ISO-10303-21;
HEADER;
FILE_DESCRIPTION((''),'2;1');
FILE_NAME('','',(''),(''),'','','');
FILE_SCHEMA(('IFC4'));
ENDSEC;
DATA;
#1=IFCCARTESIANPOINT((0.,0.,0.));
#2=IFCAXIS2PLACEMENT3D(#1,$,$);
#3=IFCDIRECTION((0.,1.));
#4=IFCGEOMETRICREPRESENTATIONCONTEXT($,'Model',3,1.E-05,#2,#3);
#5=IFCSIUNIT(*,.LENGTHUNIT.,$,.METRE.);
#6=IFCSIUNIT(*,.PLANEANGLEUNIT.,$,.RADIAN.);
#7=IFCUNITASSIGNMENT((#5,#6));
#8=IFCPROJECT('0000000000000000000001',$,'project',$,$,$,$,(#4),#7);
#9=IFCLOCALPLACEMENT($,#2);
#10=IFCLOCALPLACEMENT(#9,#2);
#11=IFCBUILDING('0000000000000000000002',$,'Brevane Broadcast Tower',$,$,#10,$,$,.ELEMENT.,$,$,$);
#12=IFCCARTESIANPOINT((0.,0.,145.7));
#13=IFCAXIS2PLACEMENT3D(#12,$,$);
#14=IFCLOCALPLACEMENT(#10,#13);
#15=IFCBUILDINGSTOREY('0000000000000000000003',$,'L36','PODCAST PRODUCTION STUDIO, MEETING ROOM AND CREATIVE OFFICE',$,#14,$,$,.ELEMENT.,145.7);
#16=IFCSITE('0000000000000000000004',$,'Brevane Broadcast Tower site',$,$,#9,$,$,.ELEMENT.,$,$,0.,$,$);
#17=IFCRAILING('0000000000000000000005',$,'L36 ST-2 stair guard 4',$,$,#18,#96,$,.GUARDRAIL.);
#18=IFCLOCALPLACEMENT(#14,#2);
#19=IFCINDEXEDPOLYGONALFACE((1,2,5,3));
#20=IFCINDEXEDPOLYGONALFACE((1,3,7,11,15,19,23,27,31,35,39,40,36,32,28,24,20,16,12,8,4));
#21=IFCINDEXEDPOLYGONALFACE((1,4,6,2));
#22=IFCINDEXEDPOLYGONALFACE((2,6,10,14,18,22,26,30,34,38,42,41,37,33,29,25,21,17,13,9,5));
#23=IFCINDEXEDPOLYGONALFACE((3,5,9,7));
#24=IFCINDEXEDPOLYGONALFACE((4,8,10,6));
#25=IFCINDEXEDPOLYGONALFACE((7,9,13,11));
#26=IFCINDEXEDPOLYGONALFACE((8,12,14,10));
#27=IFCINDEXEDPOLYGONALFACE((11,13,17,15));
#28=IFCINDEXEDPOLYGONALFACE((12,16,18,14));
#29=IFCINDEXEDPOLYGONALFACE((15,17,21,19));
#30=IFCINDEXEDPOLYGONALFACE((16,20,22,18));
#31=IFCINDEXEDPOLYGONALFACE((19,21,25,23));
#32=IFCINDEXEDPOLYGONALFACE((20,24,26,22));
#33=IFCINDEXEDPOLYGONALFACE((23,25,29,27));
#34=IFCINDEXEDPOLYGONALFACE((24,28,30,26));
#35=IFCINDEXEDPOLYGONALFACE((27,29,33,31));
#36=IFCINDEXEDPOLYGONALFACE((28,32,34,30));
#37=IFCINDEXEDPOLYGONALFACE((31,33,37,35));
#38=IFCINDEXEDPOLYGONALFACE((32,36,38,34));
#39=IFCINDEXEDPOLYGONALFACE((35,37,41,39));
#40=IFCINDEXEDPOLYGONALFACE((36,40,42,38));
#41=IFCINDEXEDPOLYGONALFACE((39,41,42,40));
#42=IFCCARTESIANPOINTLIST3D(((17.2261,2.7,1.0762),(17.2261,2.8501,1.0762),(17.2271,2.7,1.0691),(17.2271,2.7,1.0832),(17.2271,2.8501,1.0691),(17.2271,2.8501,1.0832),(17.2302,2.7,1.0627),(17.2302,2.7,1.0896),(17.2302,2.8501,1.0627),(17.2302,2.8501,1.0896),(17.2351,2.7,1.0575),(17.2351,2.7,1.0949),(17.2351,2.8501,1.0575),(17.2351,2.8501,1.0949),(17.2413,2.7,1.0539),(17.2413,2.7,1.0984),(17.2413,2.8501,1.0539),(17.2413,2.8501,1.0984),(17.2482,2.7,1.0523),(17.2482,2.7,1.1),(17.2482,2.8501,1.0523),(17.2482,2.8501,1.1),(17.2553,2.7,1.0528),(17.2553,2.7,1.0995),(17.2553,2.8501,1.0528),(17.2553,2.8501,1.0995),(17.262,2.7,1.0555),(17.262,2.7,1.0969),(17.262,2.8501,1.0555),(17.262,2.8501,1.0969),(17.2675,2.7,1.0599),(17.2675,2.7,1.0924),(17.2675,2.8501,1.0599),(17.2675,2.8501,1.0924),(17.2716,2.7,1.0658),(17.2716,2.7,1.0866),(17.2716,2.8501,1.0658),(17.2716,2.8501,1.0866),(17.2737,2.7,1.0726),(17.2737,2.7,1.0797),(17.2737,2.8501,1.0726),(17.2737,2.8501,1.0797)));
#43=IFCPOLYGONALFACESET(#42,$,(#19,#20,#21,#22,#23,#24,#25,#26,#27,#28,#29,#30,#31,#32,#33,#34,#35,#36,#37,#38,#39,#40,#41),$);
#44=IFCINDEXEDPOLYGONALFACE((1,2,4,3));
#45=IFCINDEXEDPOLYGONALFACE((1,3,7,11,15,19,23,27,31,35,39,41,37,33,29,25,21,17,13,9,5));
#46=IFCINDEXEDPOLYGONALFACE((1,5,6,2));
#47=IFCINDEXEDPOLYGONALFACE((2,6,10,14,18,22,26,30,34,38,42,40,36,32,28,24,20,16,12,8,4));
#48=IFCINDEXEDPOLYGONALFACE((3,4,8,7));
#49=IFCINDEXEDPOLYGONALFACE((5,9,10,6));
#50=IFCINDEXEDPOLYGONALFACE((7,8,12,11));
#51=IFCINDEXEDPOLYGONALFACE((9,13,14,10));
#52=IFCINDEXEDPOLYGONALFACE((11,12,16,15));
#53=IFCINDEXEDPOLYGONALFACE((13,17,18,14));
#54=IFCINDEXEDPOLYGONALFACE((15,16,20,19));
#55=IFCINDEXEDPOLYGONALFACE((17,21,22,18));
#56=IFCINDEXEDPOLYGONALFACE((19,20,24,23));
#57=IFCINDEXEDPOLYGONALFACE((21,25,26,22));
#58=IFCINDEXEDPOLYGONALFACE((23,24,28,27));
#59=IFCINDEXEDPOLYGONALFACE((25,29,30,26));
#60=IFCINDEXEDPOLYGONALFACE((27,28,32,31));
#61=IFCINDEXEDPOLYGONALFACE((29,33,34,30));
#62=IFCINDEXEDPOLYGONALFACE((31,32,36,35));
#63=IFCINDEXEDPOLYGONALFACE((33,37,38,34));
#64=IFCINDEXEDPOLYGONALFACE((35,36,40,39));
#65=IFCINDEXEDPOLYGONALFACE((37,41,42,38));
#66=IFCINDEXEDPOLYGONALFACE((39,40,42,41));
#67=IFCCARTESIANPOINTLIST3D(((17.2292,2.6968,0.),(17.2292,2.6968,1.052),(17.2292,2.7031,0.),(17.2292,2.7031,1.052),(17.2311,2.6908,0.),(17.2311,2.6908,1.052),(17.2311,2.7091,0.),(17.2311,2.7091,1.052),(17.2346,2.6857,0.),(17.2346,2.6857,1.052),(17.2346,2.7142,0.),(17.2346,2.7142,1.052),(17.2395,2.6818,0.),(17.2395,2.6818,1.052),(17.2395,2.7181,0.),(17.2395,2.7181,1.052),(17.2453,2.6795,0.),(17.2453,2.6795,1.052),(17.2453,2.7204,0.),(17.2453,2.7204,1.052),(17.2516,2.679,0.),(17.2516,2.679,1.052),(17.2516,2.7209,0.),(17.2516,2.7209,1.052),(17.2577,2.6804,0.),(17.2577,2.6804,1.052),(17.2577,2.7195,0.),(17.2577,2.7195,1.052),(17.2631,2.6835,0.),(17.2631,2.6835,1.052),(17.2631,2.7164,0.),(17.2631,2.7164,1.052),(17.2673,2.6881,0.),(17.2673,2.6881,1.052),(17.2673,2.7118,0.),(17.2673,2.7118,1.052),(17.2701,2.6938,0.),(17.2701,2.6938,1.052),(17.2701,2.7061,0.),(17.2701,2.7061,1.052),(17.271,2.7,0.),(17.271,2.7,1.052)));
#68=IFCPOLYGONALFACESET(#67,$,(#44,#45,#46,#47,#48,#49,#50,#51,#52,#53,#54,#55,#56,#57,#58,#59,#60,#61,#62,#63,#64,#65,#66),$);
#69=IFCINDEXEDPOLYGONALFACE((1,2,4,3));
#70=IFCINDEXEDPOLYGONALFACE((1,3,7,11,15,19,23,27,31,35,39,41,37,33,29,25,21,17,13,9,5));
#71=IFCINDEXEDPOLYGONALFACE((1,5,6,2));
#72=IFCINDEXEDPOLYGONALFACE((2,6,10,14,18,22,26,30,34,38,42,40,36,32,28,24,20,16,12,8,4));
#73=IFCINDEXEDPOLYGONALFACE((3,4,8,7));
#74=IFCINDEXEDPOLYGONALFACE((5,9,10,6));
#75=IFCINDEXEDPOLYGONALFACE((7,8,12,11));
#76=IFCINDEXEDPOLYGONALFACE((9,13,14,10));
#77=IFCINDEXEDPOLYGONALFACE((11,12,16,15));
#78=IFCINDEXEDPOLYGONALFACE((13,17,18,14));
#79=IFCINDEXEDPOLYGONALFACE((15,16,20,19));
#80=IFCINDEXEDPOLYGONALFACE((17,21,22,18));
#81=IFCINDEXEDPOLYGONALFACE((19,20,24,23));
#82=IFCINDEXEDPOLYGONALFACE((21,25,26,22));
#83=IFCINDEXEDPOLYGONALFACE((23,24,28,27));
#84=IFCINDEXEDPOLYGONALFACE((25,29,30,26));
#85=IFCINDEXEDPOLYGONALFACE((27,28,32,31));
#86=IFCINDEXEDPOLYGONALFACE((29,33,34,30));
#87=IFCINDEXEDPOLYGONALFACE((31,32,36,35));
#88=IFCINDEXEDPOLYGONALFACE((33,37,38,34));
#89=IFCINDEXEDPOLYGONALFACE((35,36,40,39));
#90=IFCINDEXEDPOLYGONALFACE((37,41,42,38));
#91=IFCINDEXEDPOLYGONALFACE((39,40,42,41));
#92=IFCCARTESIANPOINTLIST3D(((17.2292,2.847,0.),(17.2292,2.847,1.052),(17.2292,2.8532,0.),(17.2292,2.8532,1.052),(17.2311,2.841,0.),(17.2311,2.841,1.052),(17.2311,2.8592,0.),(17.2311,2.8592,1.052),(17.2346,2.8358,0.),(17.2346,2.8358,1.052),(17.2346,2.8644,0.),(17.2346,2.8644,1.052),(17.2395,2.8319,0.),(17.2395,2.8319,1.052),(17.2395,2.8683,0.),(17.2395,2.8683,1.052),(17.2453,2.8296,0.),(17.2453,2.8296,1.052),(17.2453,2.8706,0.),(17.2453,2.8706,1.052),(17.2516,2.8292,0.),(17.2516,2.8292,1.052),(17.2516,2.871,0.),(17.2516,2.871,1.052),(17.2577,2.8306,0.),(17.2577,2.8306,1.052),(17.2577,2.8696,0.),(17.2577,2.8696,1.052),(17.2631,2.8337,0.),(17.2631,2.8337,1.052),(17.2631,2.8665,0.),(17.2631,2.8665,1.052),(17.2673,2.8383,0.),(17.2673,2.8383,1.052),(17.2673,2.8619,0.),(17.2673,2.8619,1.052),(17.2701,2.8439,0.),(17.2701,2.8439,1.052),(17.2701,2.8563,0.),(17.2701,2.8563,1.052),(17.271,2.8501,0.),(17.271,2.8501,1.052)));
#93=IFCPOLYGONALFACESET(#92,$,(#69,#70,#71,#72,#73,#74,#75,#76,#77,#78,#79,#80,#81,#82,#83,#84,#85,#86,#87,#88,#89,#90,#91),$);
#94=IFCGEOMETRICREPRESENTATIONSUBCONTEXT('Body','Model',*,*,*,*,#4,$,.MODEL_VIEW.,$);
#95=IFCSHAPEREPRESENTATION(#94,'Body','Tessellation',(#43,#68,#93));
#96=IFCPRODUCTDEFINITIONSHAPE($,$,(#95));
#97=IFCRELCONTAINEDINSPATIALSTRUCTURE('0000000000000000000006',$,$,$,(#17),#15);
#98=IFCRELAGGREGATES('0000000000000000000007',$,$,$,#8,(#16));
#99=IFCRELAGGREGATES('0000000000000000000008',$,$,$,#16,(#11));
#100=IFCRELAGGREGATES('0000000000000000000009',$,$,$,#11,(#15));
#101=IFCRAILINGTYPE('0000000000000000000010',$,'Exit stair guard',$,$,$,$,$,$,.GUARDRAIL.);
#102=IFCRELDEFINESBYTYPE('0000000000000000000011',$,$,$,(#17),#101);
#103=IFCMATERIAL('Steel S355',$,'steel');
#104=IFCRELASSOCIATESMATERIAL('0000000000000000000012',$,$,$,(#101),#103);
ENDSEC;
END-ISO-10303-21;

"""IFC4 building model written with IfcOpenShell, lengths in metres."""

from ifc_helpers import new_model, si_unit, direction, frame, origin, origin_2d, place, context, subcontext, project, spatial, circle, extrude, material, type_object, element, save


model = new_model("IFC4")

# Units and contexts
model_context = context("Model", 3, precision=1e-05, world=origin(), true_north=direction((0.0, 1.0)))
body_context = subcontext(model_context, "Body", "Model", "MODEL_VIEW")
ifc_project = project(units=[si_unit("LENGTHUNIT", "METRE"), si_unit("PLANEANGLEUNIT", "RADIAN")], contexts=[model_context])

# Site, building, storey
site_placement = place(None, origin())
site = spatial("IfcSite", under=ifc_project, at=site_placement, Name="Brevane Broadcast Tower site", CompositionType="ELEMENT", RefElevation=0.0)
building_placement = place(site_placement, origin())
building = spatial("IfcBuilding", under=site, at=building_placement, Name="Brevane Broadcast Tower", CompositionType="ELEMENT")
storey_placement = place(building_placement, frame((0.0, 0.0, 145.7)))
storey = spatial("IfcBuildingStorey", under=building, at=storey_placement, Name="L36", Description="PODCAST PRODUCTION STUDIO, MEETING ROOM AND CREATIVE OFFICE", CompositionType="ELEMENT", Elevation=145.7)

# Railing
ifc_material_1 = material(Name="Steel S355", Category="steel")
railing_type_1 = type_object("IfcRailingType", Name="Exit stair guard", PredefinedType="GUARDRAIL", material=ifc_material_1)
railing_1_placement = place(storey_placement, frame((17.25, 2.7, 0.0)))
element("IfcRailing", 1, at=railing_1_placement, inside=storey, type_object=railing_type_1, Name="L36 ST-2 stair guard 4", PredefinedType="GUARDRAIL", context=body_context, shape_type="SweptSolid", body=[
    extrude(circle(Radius=0.0239, at=origin_2d()), frame((0.0, 0.0, 1.0762), z_axis=(0.0, 1.0, 0.0), x_axis=(-1.0, 0.0, 0.0)), (0.0, 0.0, 1.0), 0.1501),
    extrude(circle(Radius=0.021, at=origin_2d()), origin(), (0.0, 0.0, 1.0), 1.052),
    extrude(circle(Radius=0.021, at=origin_2d()), frame((0.0, 0.1501, 0.0)), (0.0, 0.0, 1.0), 1.052),
])

save(model, "model.ifc")
